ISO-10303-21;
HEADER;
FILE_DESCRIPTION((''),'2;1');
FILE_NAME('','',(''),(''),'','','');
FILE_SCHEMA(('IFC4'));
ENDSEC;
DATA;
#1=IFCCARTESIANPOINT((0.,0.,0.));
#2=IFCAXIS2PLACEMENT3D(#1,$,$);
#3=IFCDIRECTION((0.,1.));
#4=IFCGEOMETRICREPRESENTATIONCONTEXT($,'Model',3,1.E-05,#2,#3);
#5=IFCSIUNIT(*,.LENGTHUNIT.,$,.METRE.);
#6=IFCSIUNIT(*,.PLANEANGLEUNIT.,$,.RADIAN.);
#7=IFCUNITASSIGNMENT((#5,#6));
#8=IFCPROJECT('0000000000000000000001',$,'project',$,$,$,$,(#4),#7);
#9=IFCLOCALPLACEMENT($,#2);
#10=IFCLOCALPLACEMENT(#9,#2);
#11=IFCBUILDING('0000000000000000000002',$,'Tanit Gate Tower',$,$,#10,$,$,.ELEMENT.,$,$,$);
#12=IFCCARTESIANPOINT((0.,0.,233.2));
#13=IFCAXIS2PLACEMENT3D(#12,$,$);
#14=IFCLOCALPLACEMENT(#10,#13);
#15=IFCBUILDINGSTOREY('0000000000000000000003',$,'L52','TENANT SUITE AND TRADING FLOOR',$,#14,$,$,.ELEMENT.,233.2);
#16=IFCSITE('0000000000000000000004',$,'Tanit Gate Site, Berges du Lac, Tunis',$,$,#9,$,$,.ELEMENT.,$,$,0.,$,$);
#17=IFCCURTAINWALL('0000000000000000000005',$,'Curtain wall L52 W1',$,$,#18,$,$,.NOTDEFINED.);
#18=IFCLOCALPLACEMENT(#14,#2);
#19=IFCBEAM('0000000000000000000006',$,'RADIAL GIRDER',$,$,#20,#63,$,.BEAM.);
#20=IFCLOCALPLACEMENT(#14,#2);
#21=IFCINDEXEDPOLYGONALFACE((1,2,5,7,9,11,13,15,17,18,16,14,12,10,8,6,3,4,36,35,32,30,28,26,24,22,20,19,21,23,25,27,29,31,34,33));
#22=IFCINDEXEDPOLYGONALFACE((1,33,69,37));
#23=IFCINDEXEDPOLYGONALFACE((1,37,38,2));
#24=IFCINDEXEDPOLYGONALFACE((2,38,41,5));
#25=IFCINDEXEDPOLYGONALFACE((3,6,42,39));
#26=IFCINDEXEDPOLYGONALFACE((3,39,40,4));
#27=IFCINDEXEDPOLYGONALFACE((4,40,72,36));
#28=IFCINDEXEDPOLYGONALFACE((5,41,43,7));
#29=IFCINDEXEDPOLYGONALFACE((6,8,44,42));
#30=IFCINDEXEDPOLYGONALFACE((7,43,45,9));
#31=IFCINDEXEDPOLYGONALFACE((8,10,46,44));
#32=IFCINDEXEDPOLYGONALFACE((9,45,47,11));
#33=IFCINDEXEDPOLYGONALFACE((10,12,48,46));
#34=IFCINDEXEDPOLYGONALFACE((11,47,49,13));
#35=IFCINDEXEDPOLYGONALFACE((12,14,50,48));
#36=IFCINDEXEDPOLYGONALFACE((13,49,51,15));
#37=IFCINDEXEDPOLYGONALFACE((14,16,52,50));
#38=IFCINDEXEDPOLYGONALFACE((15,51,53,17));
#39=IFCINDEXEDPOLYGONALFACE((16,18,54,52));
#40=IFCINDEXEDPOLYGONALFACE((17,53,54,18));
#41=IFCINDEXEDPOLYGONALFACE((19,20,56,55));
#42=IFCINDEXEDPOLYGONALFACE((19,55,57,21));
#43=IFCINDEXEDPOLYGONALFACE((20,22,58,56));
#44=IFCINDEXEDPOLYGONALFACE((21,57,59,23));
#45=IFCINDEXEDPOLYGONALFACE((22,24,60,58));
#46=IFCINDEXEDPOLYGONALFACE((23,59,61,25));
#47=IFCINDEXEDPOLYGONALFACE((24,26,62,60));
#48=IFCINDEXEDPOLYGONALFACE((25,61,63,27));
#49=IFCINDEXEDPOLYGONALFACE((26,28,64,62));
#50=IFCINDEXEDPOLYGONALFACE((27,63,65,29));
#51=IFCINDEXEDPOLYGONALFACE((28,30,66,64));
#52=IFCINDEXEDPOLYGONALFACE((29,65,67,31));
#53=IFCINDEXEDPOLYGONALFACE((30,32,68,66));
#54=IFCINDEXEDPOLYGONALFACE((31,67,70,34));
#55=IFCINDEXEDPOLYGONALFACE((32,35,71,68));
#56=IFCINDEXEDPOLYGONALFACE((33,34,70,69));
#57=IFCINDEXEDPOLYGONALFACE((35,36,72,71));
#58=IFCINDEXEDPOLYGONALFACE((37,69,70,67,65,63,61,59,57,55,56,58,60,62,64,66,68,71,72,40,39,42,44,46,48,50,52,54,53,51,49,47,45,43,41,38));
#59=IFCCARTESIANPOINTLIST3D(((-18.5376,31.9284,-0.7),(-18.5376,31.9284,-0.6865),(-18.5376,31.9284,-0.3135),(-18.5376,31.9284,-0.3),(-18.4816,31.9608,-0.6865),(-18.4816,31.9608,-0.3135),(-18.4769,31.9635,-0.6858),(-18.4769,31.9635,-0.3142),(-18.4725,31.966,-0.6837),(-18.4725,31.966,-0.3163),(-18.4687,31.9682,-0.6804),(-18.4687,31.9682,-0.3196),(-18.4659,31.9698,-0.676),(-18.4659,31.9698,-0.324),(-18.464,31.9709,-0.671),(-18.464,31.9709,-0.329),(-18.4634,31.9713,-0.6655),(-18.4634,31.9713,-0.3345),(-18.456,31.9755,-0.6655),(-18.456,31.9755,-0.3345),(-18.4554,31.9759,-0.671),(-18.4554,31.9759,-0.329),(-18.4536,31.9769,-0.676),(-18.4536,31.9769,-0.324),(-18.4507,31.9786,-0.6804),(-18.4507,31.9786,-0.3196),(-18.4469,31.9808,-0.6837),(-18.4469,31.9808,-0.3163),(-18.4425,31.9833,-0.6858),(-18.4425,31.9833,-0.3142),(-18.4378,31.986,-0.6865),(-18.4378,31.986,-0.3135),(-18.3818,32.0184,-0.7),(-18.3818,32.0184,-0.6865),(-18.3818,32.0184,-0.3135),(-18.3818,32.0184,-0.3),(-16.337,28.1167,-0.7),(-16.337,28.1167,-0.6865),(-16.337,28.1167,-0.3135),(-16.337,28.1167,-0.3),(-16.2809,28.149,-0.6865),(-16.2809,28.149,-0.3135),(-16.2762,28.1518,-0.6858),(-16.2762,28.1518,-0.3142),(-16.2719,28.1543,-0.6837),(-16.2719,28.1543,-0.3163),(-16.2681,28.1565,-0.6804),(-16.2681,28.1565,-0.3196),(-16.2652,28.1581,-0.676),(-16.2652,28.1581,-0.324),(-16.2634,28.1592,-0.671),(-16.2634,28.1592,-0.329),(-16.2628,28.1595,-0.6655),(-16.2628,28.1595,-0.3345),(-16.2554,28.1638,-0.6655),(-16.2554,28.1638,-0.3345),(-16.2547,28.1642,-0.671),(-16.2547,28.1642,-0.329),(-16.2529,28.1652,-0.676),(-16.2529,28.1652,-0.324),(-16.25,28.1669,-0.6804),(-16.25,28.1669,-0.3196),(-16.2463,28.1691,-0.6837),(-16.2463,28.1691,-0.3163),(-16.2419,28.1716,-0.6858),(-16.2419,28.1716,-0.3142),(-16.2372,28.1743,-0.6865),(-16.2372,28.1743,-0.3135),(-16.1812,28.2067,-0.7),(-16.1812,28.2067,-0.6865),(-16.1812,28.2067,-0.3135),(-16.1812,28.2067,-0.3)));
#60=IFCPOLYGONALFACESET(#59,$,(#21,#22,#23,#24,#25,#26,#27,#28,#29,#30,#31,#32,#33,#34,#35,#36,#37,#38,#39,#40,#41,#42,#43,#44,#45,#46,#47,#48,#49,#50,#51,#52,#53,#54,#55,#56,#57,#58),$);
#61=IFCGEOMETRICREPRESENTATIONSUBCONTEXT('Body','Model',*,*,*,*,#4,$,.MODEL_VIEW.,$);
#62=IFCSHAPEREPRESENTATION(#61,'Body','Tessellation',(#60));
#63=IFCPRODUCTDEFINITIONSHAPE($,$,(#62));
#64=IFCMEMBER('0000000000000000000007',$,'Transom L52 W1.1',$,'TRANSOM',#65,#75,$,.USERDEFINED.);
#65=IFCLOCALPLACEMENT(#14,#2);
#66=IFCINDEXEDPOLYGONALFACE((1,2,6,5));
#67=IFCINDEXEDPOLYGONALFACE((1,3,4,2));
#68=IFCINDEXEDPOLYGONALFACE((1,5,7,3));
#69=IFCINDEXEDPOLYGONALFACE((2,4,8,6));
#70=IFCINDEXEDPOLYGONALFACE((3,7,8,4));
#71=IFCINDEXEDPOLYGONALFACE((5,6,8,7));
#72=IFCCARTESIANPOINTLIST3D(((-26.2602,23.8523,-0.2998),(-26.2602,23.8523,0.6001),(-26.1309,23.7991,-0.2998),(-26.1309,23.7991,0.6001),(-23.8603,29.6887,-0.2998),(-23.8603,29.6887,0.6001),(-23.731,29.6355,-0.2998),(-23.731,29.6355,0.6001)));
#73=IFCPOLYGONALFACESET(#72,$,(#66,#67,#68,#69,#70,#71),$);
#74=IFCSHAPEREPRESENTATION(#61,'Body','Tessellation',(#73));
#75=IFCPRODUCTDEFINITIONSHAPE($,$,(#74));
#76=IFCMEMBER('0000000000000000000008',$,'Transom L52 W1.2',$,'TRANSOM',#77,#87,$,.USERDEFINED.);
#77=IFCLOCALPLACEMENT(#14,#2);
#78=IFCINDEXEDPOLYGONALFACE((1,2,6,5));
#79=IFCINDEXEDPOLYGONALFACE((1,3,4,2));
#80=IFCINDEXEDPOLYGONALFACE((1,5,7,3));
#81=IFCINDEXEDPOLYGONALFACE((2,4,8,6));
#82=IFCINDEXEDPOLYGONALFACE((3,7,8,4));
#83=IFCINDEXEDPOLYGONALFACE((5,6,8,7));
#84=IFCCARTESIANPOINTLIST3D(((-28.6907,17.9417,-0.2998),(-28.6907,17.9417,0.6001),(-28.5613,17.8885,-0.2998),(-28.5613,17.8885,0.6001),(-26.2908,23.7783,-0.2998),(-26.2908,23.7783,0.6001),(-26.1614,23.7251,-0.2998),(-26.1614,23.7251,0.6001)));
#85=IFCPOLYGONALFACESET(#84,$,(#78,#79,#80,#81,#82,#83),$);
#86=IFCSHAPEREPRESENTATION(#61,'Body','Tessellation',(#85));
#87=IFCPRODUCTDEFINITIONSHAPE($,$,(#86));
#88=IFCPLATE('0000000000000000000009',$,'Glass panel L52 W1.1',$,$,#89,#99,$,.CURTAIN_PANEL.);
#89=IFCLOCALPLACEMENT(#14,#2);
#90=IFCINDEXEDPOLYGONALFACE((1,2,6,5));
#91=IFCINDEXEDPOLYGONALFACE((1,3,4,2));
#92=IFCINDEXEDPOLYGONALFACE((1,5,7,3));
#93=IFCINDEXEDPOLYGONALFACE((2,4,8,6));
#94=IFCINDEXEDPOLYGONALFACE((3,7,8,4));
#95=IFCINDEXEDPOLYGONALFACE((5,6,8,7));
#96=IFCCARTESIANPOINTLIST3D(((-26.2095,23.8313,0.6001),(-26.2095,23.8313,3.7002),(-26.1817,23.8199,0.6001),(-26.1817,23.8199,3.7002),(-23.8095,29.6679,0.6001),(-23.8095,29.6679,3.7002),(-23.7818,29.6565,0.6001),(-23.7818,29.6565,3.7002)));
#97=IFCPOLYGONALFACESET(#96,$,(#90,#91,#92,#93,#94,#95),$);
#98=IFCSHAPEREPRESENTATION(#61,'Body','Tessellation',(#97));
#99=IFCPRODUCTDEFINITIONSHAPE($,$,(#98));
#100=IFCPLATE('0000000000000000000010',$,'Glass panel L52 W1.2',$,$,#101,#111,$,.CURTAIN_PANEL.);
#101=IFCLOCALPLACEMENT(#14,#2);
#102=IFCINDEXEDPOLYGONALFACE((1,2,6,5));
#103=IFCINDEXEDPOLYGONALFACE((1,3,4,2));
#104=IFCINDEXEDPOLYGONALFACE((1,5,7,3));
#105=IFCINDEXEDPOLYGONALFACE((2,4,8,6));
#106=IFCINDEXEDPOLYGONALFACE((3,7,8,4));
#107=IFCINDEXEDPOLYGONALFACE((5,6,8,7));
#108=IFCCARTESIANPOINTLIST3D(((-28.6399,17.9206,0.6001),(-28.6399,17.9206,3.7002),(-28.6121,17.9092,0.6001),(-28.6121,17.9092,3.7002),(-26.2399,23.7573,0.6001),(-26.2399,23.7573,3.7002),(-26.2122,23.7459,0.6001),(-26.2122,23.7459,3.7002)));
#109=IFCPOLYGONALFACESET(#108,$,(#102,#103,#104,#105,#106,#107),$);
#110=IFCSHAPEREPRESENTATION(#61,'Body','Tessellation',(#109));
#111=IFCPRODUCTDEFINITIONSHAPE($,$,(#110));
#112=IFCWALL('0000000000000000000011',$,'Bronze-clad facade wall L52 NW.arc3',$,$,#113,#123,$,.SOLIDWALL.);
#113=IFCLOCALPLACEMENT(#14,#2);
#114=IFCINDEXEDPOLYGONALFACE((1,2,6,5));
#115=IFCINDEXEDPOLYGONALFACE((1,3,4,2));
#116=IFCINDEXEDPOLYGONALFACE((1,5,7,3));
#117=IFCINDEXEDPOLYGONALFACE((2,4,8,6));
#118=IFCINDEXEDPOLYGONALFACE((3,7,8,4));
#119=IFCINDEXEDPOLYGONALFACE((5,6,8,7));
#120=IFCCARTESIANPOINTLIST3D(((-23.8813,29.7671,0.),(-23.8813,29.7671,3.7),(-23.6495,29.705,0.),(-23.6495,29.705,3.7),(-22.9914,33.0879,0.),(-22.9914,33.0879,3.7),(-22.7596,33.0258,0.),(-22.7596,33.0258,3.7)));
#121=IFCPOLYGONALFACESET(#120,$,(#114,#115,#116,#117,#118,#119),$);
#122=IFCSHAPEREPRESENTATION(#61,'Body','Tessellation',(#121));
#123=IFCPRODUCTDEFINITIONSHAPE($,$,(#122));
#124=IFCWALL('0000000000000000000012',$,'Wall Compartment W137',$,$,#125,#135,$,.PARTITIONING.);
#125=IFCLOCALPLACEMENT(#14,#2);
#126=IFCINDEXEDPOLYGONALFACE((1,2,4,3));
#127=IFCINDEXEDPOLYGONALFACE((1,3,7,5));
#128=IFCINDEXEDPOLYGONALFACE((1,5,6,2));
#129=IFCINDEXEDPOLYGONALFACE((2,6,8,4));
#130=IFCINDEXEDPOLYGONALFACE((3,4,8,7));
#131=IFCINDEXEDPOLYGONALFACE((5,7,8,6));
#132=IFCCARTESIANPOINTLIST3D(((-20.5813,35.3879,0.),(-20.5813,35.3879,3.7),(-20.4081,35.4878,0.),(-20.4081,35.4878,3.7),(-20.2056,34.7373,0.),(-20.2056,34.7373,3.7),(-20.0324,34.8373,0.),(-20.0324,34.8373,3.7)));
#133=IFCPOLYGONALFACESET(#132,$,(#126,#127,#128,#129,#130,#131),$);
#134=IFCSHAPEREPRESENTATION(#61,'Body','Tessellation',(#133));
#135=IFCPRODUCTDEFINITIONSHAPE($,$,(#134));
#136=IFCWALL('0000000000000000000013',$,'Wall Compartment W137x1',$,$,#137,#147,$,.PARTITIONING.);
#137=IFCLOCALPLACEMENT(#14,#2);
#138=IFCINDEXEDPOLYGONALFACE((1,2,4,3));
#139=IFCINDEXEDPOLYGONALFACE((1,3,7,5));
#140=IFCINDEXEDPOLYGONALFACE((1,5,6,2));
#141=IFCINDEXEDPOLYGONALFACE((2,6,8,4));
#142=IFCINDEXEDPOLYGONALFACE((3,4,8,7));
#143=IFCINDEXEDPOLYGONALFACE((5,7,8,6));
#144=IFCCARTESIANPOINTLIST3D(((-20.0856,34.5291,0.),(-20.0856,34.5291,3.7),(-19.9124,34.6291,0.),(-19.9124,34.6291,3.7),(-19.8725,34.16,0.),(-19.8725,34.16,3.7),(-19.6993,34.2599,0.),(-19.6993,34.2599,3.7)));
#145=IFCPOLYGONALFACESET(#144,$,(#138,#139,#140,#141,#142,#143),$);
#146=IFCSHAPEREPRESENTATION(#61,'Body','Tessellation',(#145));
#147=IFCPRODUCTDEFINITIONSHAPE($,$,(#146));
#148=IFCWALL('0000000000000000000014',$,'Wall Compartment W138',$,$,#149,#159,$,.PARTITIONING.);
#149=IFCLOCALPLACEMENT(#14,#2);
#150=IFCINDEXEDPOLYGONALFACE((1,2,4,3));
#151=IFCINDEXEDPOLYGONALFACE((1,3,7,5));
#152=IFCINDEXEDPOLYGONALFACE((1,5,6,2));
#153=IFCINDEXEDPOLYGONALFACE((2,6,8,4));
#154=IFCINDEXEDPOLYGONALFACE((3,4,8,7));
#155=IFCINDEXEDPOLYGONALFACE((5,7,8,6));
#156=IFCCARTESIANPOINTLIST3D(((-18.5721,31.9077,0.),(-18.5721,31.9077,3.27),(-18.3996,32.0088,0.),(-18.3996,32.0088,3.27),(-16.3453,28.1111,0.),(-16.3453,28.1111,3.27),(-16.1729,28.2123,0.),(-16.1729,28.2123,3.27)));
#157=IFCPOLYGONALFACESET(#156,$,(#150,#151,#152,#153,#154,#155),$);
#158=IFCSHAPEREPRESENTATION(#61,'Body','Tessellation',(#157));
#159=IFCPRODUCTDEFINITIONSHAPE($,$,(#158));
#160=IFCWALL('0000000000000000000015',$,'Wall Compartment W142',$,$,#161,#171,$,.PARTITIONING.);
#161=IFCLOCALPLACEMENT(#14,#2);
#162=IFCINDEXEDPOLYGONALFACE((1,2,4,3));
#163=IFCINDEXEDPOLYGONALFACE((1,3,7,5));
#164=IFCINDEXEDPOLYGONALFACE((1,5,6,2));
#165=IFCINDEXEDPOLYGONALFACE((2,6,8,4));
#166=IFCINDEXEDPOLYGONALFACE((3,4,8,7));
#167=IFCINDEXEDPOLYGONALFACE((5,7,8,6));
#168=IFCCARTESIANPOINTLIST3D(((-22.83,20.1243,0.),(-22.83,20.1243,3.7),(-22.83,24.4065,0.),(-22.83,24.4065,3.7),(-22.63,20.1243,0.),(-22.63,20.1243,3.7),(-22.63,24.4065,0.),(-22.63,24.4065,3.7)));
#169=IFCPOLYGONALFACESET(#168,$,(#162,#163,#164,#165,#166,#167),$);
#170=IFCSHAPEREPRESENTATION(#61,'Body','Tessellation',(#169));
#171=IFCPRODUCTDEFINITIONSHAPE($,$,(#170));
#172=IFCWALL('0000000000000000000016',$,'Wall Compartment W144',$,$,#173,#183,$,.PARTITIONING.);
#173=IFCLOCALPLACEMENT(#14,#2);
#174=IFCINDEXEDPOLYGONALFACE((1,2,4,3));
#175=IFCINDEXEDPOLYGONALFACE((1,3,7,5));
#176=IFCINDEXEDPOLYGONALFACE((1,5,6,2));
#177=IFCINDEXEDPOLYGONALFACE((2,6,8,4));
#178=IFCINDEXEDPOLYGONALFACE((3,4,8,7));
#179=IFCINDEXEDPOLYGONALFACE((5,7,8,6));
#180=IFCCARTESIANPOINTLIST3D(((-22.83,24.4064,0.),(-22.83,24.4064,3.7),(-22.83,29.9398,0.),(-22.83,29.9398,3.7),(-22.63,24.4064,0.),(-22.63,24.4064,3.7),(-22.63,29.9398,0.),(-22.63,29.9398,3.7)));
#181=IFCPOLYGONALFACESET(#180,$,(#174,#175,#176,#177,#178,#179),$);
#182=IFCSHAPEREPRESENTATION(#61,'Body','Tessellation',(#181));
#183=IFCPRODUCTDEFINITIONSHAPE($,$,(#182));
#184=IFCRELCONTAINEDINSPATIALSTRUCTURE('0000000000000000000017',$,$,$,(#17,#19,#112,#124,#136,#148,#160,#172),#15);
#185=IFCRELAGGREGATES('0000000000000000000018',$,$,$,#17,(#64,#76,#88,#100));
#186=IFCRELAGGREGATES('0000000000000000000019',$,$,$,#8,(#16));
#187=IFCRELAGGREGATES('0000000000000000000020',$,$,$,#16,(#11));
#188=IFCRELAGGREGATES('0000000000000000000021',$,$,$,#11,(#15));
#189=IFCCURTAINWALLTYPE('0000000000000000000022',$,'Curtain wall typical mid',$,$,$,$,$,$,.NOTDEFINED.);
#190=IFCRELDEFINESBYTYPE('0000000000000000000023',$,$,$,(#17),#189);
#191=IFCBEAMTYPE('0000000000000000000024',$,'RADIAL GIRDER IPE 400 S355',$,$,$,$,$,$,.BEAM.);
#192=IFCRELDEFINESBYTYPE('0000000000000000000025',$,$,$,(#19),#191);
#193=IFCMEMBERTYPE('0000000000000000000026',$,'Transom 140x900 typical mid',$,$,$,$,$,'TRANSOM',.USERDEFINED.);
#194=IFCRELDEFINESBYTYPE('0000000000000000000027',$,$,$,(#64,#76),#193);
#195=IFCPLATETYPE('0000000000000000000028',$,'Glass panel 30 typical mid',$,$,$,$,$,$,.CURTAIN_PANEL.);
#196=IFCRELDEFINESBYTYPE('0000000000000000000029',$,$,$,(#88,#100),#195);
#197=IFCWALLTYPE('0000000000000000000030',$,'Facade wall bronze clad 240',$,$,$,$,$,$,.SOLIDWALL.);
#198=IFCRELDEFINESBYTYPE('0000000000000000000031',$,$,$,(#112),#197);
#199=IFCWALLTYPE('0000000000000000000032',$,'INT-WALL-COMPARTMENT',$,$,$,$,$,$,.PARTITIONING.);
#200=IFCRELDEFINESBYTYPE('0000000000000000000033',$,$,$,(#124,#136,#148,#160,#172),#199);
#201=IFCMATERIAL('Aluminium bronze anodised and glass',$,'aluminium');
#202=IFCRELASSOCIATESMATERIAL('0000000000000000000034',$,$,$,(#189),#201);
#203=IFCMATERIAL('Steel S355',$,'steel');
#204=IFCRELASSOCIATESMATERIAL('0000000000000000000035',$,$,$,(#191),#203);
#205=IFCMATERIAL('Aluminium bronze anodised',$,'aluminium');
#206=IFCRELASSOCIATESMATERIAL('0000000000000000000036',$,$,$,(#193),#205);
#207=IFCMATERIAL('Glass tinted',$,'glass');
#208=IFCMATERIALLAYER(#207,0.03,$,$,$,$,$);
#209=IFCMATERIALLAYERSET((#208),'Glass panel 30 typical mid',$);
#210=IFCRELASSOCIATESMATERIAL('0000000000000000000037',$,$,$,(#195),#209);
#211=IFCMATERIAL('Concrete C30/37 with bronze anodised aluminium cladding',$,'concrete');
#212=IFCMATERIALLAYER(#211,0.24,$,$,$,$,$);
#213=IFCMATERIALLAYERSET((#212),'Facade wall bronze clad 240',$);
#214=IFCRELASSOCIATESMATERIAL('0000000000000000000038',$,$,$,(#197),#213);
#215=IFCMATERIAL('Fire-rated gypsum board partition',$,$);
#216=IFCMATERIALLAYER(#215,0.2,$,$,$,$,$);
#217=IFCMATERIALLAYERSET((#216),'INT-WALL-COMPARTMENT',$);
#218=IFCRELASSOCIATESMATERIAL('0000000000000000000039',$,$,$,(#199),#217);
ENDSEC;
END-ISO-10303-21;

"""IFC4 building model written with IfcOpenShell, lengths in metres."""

from ifc_helpers import new_model, si_unit, direction, frame, frame_2d, origin, origin_2d, place, context, subcontext, project, spatial, rectangle, i_section, extrude, material, layer, layer_set, material_profile, profile_set, type_object, element, aggregate, save


model = new_model("IFC4")

# Units and contexts
model_context = context("Model", 3, precision=1e-05, world=origin(), true_north=direction((0.0, 1.0)))
body_context = subcontext(model_context, "Body", "Model", "MODEL_VIEW")
ifc_project = project(units=[si_unit("LENGTHUNIT", "METRE"), si_unit("PLANEANGLEUNIT", "RADIAN")], contexts=[model_context])

# Site, building, storey
site_placement = place(None, origin())
site = spatial("IfcSite", under=ifc_project, at=site_placement, Name="Tanit Gate Site, Berges du Lac, Tunis", CompositionType="ELEMENT", RefElevation=0.0)
building_placement = place(site_placement, origin())
building = spatial("IfcBuilding", under=site, at=building_placement, Name="Tanit Gate Tower", CompositionType="ELEMENT")
storey_placement = place(building_placement, frame((0.0, 0.0, 233.2)))
storey = spatial("IfcBuildingStorey", under=building, at=storey_placement, Name="L52", Description="TENANT SUITE AND TRADING FLOOR", CompositionType="ELEMENT", Elevation=233.2)

# Curtain wall
ifc_material_1 = material(Name="Aluminium bronze anodised and glass", Category="aluminium")
curtain_wall_type = type_object("IfcCurtainWallType", Name="Curtain wall typical mid", PredefinedType="NOTDEFINED", material=ifc_material_1)
curtain_wall_placement = place(storey_placement, origin())
curtain_wall = element("IfcCurtainWall", 1, at=curtain_wall_placement, inside=storey, type_object=curtain_wall_type, Name="Curtain wall L52 W1", PredefinedType="NOTDEFINED")

# Beam
ifc_material_2 = material(Name="Steel S355", Category="steel")
ifc_material_profile_1 = material_profile(ifc_material_2, i_section(OverallWidth=0.1799, OverallDepth=0.3999, WebThickness=0.0085, FlangeThickness=0.0134, FilletRadius=0.021, at=origin_2d()), Name="IPE 400")
ifc_profile_set_1 = profile_set([ifc_material_profile_1], Name="Steel S355")
beam_type_1 = type_object("IfcBeamType", Name="RADIAL GIRDER IPE 400 S355", PredefinedType="BEAM", material=ifc_profile_set_1)
beam_1_placement = place(storey_placement, frame((-18.4597, 31.9734, -0.5), z_axis=(0.499993, -0.866029, 0.0), x_axis=(0.866029, 0.499993, 0.0)))
element("IfcBeam", 2, at=beam_1_placement, inside=storey, type_object=beam_type_1, Name="RADIAL GIRDER", PredefinedType="BEAM", context=body_context, shape_type="SweptSolid", body=[
    extrude(i_section(OverallWidth=0.1799, OverallDepth=0.3999, WebThickness=0.0085, FlangeThickness=0.0134, FilletRadius=0.021, at=origin_2d()), origin(), (0.0, 0.0, 1.0), 4.4014),
])

# Members
ifc_material_3 = material(Name="Aluminium bronze anodised", Category="aluminium")
ifc_material_profile_2 = material_profile(ifc_material_3, rectangle(XDim=0.1399, YDim=0.8999, at=origin_2d()), Name="140x900 bronze transom")
ifc_profile_set_2 = profile_set([ifc_material_profile_2], Name="Aluminium bronze anodised")
member_type_1 = type_object("IfcMemberType", Name="Transom 140x900 typical mid", ElementType="TRANSOM", PredefinedType="USERDEFINED", material=ifc_profile_set_2)
member_1_placement = place(storey_placement, frame((-23.7957, 29.6621, 0.1501), z_axis=(-0.380298, -0.924864, 0.0), x_axis=(0.924864, -0.380298, 0.0)))
member_1 = element("IfcMember", 3, at=member_1_placement, type_object=member_type_1, Name="Transom L52 W1.1", ObjectType="TRANSOM", PredefinedType="USERDEFINED", context=body_context, shape_type="SweptSolid", body=[
    extrude(rectangle(XDim=0.1399, YDim=0.8999, at=origin_2d()), origin(), (0.0, 0.0, 1.0), 6.3105),
])
member_2_placement = place(storey_placement, frame((-26.2261, 23.7517, 0.1501), z_axis=(-0.380285, -0.924869, 0.0), x_axis=(0.924869, -0.380285, 0.0)))
member_2 = element("IfcMember", 4, at=member_2_placement, type_object=member_type_1, Name="Transom L52 W1.2", ObjectType="TRANSOM", PredefinedType="USERDEFINED", context=body_context, shape_type="SweptSolid", body=[
    extrude(rectangle(XDim=0.1399, YDim=0.8999, at=origin_2d()), origin(), (0.0, 0.0, 1.0), 6.3108),
])

# Plates
ifc_material_4 = material(Name="Glass tinted", Category="glass")
ifc_layer_1 = layer(ifc_material_4, 0.03)
ifc_layer_set_1 = layer_set([ifc_layer_1], Name="Glass panel 30 typical mid")
plate_type = type_object("IfcPlateType", Name="Glass panel 30 typical mid", PredefinedType="CURTAIN_PANEL", material=ifc_layer_set_1)
plate_1_placement = place(storey_placement, frame((-24.9956, 26.7439, 0.6001), z_axis=(0.0, 0.0, 1.0), x_axis=(-0.38029, -0.924867, 0.0)))
plate_1 = element("IfcPlate", 5, at=plate_1_placement, type_object=plate_type, Name="Glass panel L52 W1.1", PredefinedType="CURTAIN_PANEL", context=body_context, shape_type="SweptSolid", body=[
    extrude(rectangle(XDim=6.3108, YDim=0.03, at=origin_2d()), origin(), (0.0, 0.0, 1.0), 3.1001),
])
plate_2_placement = place(storey_placement, frame((-27.426, 20.8333, 0.6001), z_axis=(0.0, 0.0, 1.0), x_axis=(-0.38029, -0.924867, 0.0)))
plate_2 = element("IfcPlate", 6, at=plate_2_placement, type_object=plate_type, Name="Glass panel L52 W1.2", PredefinedType="CURTAIN_PANEL", context=body_context, shape_type="SweptSolid", body=[
    extrude(rectangle(XDim=6.3108, YDim=0.03, at=origin_2d()), origin(), (0.0, 0.0, 1.0), 3.1001),
])
aggregate(curtain_wall, [member_1, member_2, plate_1, plate_2])

# Walls
ifc_material_5 = material(Name="Concrete C30/37 with bronze anodised aluminium cladding", Category="concrete")
ifc_layer_2 = layer(ifc_material_5, 0.24)
ifc_layer_set_2 = layer_set([ifc_layer_2], Name="Facade wall bronze clad 240")
wall_type_1 = type_object("IfcWallType", Name="Facade wall bronze clad 240", PredefinedType="SOLIDWALL", material=ifc_layer_set_2)
wall_1_placement = place(storey_placement, frame((-22.8755, 33.0569, 0.0), z_axis=(0.0, 0.0, 1.0), x_axis=(-0.258843, -0.96592, 0.0)))
element("IfcWall", 7, at=wall_1_placement, inside=storey, type_object=wall_type_1, Name="Bronze-clad facade wall L52 NW.arc3", PredefinedType="SOLIDWALL", context=body_context, shape_type="SweptSolid", body=[
    extrude(rectangle(XDim=3.438, YDim=0.24, at=frame_2d((1.719, 0.0))), origin(), (0.0, 0.0, 1.0), 3.7),
])
ifc_material_6 = material(Name="Fire-rated gypsum board partition")
ifc_layer_3 = layer(ifc_material_6, 0.2)
ifc_layer_set_3 = layer_set([ifc_layer_3], Name="INT-WALL-COMPARTMENT")
wall_type_2 = type_object("IfcWallType", Name="INT-WALL-COMPARTMENT", PredefinedType="PARTITIONING", material=ifc_layer_set_3)
wall_2_placement = place(storey_placement, frame((-20.4946, 35.4377, 0.0), z_axis=(0.0, 0.0, 1.0), x_axis=(0.500088, -0.865975, 0.0)))
element("IfcWall", 8, at=wall_2_placement, inside=storey, type_object=wall_type_2, Name="Wall Compartment W137", PredefinedType="PARTITIONING", context=body_context, shape_type="SweptSolid", body=[
    extrude(rectangle(XDim=0.7512, YDim=0.2, at=frame_2d((0.3755, 0.0))), origin(), (0.0, 0.0, 1.0), 3.7),
])
wall_3_placement = place(storey_placement, frame((-19.999, 34.5791, 0.0), z_axis=(0.0, 0.0, 1.0), x_axis=(0.50002, -0.866014, 0.0)))
element("IfcWall", 9, at=wall_3_placement, inside=storey, type_object=wall_type_2, Name="Wall Compartment W137x1", PredefinedType="PARTITIONING", context=body_context, shape_type="SweptSolid", body=[
    extrude(rectangle(XDim=0.4263, YDim=0.2, at=frame_2d((0.2131, 0.0))), origin(), (0.0, 0.0, 1.0), 3.7),
])
wall_4_placement = place(storey_placement, frame((-18.4858, 31.9583, 0.0), z_axis=(0.0, 0.0, 1.0), x_axis=(0.505922, -0.862579, 0.0)))
element("IfcWall", 10, at=wall_4_placement, inside=storey, type_object=wall_type_2, Name="Wall Compartment W138", PredefinedType="PARTITIONING", context=body_context, shape_type="SweptSolid", body=[
    extrude(rectangle(XDim=4.4014, YDim=0.2, at=frame_2d((2.2007, 0.0))), origin(), (0.0, 0.0, 1.0), 3.27),
])
wall_5_placement = place(storey_placement, frame((-22.73, 20.1243, 0.0), z_axis=(0.0, 0.0, 1.0), x_axis=(0.0, 1.0, 0.0)))
element("IfcWall", 11, at=wall_5_placement, inside=storey, type_object=wall_type_2, Name="Wall Compartment W142", PredefinedType="PARTITIONING", context=body_context, shape_type="SweptSolid", body=[
    extrude(rectangle(XDim=4.2822, YDim=0.2, at=frame_2d((2.1411, 0.0))), origin(), (0.0, 0.0, 1.0), 3.7),
])
wall_6_placement = place(storey_placement, frame((-22.73, 24.4065, 0.0), z_axis=(0.0, 0.0, 1.0), x_axis=(0.0, 1.0, 0.0)))
element("IfcWall", 12, at=wall_6_placement, inside=storey, type_object=wall_type_2, Name="Wall Compartment W144", PredefinedType="PARTITIONING", context=body_context, shape_type="SweptSolid", body=[
    extrude(rectangle(XDim=5.5334, YDim=0.2, at=frame_2d((2.7666, 0.0))), origin(), (0.0, 0.0, 1.0), 3.7),
])

save(model, "model.ifc")
